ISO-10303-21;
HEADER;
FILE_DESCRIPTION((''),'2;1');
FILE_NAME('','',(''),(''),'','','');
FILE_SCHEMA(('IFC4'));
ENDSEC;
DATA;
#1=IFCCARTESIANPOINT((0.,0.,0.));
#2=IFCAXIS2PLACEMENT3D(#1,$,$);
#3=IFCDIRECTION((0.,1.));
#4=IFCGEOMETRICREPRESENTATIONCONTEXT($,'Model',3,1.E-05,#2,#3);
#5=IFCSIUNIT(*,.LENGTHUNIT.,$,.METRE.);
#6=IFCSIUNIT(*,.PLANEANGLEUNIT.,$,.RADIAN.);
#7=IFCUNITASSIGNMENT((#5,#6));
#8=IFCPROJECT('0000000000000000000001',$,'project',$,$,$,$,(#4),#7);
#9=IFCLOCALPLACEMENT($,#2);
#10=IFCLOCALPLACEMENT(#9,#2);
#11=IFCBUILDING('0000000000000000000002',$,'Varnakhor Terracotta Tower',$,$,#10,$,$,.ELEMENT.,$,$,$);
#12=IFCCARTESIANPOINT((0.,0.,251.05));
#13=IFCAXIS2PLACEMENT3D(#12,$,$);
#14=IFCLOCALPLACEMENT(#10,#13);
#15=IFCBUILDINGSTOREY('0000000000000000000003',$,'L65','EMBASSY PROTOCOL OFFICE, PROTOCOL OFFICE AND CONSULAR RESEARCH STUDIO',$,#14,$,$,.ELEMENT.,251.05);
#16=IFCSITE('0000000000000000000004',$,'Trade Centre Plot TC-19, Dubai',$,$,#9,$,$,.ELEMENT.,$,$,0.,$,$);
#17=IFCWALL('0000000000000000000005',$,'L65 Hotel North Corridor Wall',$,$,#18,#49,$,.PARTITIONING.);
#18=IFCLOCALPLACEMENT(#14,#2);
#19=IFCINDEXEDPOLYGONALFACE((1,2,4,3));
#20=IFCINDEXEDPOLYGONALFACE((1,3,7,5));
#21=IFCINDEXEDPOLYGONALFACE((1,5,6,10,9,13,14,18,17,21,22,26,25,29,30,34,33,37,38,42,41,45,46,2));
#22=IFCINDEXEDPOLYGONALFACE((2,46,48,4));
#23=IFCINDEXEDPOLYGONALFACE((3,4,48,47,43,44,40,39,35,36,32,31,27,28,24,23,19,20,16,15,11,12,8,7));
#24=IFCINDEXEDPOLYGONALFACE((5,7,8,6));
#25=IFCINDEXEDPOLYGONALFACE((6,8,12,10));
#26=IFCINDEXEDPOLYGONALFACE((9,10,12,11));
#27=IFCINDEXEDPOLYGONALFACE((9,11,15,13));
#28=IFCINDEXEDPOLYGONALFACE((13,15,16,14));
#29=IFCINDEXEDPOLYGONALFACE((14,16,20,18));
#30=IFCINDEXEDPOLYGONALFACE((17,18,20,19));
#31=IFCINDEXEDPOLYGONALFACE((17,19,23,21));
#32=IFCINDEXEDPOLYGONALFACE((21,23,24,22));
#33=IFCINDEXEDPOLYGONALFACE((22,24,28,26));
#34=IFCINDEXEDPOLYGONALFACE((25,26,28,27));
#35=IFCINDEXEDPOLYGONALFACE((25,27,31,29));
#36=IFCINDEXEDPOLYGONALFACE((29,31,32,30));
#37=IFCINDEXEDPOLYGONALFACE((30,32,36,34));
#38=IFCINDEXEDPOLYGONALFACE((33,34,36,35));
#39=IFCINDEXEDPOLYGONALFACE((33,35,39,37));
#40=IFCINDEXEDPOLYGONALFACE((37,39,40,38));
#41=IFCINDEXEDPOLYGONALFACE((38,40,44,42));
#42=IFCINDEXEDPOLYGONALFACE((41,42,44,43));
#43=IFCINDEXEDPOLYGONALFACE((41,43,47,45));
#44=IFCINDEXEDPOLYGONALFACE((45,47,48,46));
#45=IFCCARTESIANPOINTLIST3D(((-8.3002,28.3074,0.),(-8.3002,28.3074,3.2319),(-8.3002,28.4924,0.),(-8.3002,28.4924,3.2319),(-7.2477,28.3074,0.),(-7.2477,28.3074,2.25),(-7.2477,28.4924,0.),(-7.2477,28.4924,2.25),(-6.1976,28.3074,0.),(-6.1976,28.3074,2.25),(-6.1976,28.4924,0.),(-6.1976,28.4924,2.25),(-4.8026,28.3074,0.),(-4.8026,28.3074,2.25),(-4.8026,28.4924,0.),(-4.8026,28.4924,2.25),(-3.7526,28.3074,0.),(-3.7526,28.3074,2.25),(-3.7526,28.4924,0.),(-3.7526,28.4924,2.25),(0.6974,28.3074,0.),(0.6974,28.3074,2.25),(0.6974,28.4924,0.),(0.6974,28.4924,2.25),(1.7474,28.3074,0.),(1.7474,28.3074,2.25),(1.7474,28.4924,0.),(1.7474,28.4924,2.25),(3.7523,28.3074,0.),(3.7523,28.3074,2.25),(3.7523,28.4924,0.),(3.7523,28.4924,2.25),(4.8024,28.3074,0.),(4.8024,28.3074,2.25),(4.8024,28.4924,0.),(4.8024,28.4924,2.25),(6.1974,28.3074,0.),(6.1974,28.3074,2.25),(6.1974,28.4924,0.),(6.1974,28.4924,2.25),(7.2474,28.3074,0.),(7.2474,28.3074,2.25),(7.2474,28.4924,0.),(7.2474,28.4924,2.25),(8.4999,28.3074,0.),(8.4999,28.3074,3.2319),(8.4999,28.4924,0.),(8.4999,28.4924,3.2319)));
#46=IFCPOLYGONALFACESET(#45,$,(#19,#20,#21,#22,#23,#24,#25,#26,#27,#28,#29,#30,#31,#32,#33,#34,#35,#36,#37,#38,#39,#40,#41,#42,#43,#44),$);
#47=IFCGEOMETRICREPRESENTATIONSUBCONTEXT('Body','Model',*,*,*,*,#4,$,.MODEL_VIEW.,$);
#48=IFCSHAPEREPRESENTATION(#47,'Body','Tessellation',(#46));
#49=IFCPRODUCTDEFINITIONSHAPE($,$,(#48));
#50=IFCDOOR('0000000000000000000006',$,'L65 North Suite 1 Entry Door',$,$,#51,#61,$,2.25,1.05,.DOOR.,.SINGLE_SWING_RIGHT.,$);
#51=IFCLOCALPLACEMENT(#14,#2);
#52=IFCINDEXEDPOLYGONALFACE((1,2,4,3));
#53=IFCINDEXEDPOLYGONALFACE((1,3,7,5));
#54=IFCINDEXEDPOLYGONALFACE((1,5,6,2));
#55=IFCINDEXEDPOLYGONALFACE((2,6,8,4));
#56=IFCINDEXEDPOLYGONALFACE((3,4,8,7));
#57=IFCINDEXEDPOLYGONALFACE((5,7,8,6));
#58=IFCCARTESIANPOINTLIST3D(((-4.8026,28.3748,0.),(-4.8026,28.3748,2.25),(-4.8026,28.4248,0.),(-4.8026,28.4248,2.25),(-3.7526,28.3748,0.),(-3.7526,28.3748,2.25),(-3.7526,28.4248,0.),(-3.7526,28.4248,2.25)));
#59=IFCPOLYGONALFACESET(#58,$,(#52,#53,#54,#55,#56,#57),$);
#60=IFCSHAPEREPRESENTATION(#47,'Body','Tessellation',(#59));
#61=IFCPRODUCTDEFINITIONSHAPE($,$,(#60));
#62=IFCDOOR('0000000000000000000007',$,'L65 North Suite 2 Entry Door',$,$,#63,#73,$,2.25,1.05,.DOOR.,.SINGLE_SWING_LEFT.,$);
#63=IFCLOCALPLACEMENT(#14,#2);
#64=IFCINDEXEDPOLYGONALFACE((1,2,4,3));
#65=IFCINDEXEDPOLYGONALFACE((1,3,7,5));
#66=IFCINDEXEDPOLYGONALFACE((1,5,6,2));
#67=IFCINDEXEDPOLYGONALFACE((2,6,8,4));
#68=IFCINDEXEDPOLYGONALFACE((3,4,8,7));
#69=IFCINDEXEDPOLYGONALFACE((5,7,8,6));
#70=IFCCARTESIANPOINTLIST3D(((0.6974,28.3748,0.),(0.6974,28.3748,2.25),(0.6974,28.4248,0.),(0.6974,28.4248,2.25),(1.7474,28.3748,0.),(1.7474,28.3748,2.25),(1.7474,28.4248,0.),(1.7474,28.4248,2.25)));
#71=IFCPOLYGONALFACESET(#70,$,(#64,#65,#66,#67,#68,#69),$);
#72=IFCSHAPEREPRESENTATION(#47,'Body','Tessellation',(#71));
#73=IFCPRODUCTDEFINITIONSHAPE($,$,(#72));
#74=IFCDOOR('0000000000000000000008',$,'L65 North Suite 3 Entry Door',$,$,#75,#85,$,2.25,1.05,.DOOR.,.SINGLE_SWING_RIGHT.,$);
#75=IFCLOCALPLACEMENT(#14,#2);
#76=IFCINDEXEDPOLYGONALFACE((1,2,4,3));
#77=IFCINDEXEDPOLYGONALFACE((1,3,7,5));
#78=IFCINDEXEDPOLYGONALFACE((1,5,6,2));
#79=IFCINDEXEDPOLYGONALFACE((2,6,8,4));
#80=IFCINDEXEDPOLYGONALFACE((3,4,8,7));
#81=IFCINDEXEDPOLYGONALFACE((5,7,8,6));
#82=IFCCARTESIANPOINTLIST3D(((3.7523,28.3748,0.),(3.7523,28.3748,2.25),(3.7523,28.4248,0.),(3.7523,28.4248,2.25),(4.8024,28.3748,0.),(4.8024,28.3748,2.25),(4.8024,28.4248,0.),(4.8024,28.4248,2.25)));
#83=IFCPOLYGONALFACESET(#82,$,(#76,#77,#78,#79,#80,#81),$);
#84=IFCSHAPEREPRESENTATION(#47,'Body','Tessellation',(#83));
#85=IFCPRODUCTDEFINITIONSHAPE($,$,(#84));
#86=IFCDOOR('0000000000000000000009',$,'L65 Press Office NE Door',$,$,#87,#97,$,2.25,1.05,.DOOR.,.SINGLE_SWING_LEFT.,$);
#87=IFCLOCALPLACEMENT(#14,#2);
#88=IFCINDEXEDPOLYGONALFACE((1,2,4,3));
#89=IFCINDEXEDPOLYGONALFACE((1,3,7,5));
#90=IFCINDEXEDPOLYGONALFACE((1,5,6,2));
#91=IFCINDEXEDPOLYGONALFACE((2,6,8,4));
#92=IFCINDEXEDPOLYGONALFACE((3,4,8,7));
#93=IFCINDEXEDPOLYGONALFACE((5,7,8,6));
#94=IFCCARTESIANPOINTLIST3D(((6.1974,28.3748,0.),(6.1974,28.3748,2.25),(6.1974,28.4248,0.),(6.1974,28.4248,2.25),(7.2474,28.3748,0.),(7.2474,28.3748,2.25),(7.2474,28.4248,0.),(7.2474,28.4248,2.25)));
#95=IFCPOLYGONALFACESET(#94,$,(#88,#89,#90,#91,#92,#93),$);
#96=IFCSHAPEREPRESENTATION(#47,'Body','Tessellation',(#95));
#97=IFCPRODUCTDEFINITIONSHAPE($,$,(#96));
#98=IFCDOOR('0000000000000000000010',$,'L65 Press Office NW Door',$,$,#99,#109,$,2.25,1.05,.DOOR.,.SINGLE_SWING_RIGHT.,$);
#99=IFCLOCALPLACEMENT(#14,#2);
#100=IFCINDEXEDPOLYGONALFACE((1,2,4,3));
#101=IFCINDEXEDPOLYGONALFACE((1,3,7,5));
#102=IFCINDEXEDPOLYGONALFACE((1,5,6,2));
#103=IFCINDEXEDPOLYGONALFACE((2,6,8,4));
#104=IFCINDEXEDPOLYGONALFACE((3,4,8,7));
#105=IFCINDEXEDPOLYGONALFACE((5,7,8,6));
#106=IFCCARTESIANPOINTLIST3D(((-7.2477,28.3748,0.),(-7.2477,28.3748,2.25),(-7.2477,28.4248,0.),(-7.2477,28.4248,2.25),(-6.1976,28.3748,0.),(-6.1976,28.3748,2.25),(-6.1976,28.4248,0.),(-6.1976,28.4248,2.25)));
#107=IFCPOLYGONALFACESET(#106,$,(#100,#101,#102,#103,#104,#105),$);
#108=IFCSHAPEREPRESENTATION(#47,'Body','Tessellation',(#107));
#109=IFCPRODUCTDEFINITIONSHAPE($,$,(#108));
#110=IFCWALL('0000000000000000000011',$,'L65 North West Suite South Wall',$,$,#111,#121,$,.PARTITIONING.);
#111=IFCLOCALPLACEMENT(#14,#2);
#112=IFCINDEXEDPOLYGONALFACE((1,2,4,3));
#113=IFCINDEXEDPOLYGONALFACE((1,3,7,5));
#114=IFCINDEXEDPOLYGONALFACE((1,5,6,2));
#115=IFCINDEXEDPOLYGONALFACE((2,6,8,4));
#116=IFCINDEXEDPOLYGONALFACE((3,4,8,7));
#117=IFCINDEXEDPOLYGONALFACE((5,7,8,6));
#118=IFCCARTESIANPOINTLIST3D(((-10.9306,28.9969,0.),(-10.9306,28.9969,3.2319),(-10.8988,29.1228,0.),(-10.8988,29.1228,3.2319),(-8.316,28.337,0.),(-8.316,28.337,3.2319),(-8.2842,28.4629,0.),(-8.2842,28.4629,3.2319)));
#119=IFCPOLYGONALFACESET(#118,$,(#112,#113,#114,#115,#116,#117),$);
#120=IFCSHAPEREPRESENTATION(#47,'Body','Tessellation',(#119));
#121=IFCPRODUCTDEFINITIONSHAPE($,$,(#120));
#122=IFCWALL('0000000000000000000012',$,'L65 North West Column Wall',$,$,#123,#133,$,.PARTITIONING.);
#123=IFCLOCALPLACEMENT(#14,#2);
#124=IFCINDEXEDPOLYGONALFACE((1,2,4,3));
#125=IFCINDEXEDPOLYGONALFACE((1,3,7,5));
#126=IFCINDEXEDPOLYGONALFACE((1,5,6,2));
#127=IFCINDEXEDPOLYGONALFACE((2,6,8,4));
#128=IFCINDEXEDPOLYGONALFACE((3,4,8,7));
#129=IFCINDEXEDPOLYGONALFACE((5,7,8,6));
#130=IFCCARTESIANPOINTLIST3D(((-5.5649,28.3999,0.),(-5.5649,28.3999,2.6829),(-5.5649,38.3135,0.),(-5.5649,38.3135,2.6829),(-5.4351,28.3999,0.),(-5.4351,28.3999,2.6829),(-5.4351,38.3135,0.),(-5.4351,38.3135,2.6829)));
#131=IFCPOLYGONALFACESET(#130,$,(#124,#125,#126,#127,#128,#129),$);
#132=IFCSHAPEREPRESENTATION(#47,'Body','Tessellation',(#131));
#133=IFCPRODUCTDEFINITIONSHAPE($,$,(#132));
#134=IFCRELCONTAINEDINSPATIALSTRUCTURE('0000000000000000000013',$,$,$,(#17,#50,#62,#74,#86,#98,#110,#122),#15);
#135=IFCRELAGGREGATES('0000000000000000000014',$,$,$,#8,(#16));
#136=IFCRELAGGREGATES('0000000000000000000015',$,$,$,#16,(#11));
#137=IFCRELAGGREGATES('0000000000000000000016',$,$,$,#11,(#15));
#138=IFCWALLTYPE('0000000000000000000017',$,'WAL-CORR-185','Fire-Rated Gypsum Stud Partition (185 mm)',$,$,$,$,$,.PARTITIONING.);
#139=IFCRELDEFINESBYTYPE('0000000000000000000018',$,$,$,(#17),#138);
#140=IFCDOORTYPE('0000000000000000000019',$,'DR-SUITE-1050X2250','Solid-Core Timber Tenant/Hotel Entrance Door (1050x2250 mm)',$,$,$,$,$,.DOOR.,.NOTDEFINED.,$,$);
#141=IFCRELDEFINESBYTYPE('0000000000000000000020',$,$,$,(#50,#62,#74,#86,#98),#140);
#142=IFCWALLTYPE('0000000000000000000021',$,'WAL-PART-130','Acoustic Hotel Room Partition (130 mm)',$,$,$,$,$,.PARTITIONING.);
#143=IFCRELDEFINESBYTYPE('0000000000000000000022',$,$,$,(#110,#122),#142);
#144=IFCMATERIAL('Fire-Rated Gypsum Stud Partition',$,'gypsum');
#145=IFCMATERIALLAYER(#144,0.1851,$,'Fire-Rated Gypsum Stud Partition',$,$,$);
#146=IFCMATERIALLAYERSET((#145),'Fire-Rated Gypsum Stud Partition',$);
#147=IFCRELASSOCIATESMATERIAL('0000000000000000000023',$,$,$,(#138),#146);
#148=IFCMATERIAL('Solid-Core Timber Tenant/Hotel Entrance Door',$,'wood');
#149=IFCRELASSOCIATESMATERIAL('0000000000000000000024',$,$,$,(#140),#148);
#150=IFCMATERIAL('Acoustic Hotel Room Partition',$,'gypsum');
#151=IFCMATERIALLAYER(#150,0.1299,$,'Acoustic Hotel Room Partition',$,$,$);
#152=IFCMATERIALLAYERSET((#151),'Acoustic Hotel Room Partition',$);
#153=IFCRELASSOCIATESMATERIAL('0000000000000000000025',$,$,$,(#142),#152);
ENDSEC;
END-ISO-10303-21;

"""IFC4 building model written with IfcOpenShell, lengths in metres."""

from ifc_helpers import new_model, si_unit, direction, frame, frame_2d, origin, place, context, subcontext, project, spatial, rectangle, extrude, source, transform, mapped, material, layer, layer_set, type_object, type_shapes, element, fill, save


model = new_model("IFC4")

# Units and contexts
model_context = context("Model", 3, precision=1e-05, world=origin(), true_north=direction((0.0, 1.0)))
body_context = subcontext(model_context, "Body", "Model", "MODEL_VIEW")
ifc_project = project(units=[si_unit("LENGTHUNIT", "METRE"), si_unit("PLANEANGLEUNIT", "RADIAN")], contexts=[model_context])

# Site, building, storey
site_placement = place(None, origin())
site = spatial("IfcSite", under=ifc_project, at=site_placement, Name="Trade Centre Plot TC-19, Dubai", CompositionType="ELEMENT", RefElevation=0.0)
building_placement = place(site_placement, origin())
building = spatial("IfcBuilding", under=site, at=building_placement, Name="Varnakhor Terracotta Tower", CompositionType="ELEMENT")
storey_placement = place(building_placement, frame((0.0, 0.0, 251.05)))
storey = spatial("IfcBuildingStorey", under=building, at=storey_placement, Name="L65", Description="EMBASSY PROTOCOL OFFICE, PROTOCOL OFFICE AND CONSULAR RESEARCH STUDIO", CompositionType="ELEMENT", Elevation=251.05)

# Shared definitions
ifc_material_1 = material(Name="Fire-Rated Gypsum Stud Partition", Category="gypsum")
ifc_layer_1 = layer(ifc_material_1, 0.1851, Name="Fire-Rated Gypsum Stud Partition")
ifc_layer_set_1 = layer_set([ifc_layer_1], Name="Fire-Rated Gypsum Stud Partition")
wall_type_1 = type_object("IfcWallType", Name="WAL-CORR-185", Description="Fire-Rated Gypsum Stud Partition (185 mm)", PredefinedType="PARTITIONING", material=ifc_layer_set_1)

# Wall, openings, doors
wall_1_placement = place(storey_placement, frame((-8.3, 28.3999, 0.0), z_axis=(0.0, 0.0, 1.0), x_axis=(1.0, 0.0, 0.0)))
wall_1 = element("IfcWall", 1, at=wall_1_placement, inside=storey, type_object=wall_type_1, Name="L65 Hotel North Corridor Wall", PredefinedType="PARTITIONING", context=body_context, shape_type="SweptSolid", body=[
    extrude(rectangle(XDim=16.8, YDim=0.1851, at=frame_2d((8.3999, 0.0))), origin(), (0.0, 0.0, 1.0), 3.2319),
])
opening_1_placement = place(wall_1_placement, frame((3.4976, 0.0, 0.0)))
opening_1 = element("IfcOpeningElement", 2, at=opening_1_placement, cuts=wall_1, PredefinedType="OPENING", context=body_context, shape_type="SweptSolid", body=[
    extrude(rectangle(XDim=1.05, YDim=2.25, at=frame_2d((0.5249, 1.125))), frame((0.0, 0.1025, 0.0), z_axis=(0.0, -1.0, 0.0), x_axis=(1.0, 0.0, 0.0)), (0.0, 0.0, 1.0), 0.2051),
])
opening_2_placement = place(wall_1_placement, frame((8.9976, 0.0, 0.0)))
opening_2 = element("IfcOpeningElement", 3, at=opening_2_placement, cuts=wall_1, PredefinedType="OPENING", context=body_context, shape_type="SweptSolid", body=[
    extrude(rectangle(XDim=1.05, YDim=2.25, at=frame_2d((0.5249, 1.125))), frame((0.0, 0.1025, 0.0), z_axis=(0.0, -1.0, 0.0), x_axis=(1.0, 0.0, 0.0)), (0.0, 0.0, 1.0), 0.2051),
])
opening_3_placement = place(wall_1_placement, frame((12.0525, 0.0, 0.0)))
opening_3 = element("IfcOpeningElement", 4, at=opening_3_placement, cuts=wall_1, PredefinedType="OPENING", context=body_context, shape_type="SweptSolid", body=[
    extrude(rectangle(XDim=1.05, YDim=2.25, at=frame_2d((0.5249, 1.125))), frame((0.0, 0.1025, 0.0), z_axis=(0.0, -1.0, 0.0), x_axis=(1.0, 0.0, 0.0)), (0.0, 0.0, 1.0), 0.2051),
])
opening_4_placement = place(wall_1_placement, frame((14.4976, 0.0, 0.0)))
opening_4 = element("IfcOpeningElement", 5, at=opening_4_placement, cuts=wall_1, PredefinedType="OPENING", context=body_context, shape_type="SweptSolid", body=[
    extrude(rectangle(XDim=1.05, YDim=2.25, at=frame_2d((0.5249, 1.125))), frame((0.0, 0.1025, 0.0), z_axis=(0.0, -1.0, 0.0), x_axis=(1.0, 0.0, 0.0)), (0.0, 0.0, 1.0), 0.2051),
])
opening_5_placement = place(wall_1_placement, frame((1.0525, 0.0, 0.0)))
opening_5 = element("IfcOpeningElement", 6, at=opening_5_placement, cuts=wall_1, PredefinedType="OPENING", context=body_context, shape_type="SweptSolid", body=[
    extrude(rectangle(XDim=1.05, YDim=2.25, at=frame_2d((0.5249, 1.125))), frame((0.0, 0.1025, 0.0), z_axis=(0.0, -1.0, 0.0), x_axis=(1.0, 0.0, 0.0)), (0.0, 0.0, 1.0), 0.2051),
])
ifc_material_2 = material(Name="Solid-Core Timber Tenant/Hotel Entrance Door", Category="wood")
door_type_1 = type_object("IfcDoorType", Name="DR-SUITE-1050X2250", Description="Solid-Core Timber Tenant/Hotel Entrance Door (1050x2250 mm)", OperationType="NOTDEFINED", PredefinedType="DOOR", material=ifc_material_2)
shared_shape_1 = source(origin(), body_context, "Body", "SweptSolid", [
    extrude(rectangle(XDim=1.05, YDim=2.25, at=frame_2d((0.5249, 1.125))), frame((0.0, 0.0249, 0.0), z_axis=(0.0, -1.0, 0.0), x_axis=(1.0, 0.0, 0.0)), (0.0, 0.0, 1.0), 0.05),
])
type_shapes(door_type_1, [shared_shape_1])
door_1_placement = place(opening_1_placement, origin())
door_1 = element("IfcDoor", 7, at=door_1_placement, inside=storey, type_object=door_type_1, Name="L65 North Suite 1 Entry Door", OperationType="SINGLE_SWING_RIGHT", OverallHeight=2.25, OverallWidth=1.05, PredefinedType="DOOR", context=body_context, shape_type="MappedRepresentation", body=[
    mapped(shared_shape_1, transform((0.0, 0.0, 0.0), scale=1.0)),
])
fill(opening_1, door_1)
door_2_placement = place(opening_2_placement, origin())
door_2 = element("IfcDoor", 8, at=door_2_placement, inside=storey, type_object=door_type_1, Name="L65 North Suite 2 Entry Door", OperationType="SINGLE_SWING_LEFT", OverallHeight=2.25, OverallWidth=1.05, PredefinedType="DOOR", context=body_context, shape_type="MappedRepresentation", body=[
    mapped(shared_shape_1, transform((0.0, 0.0, 0.0), scale=1.0)),
])
fill(opening_2, door_2)
door_3_placement = place(opening_3_placement, origin())
door_3 = element("IfcDoor", 9, at=door_3_placement, inside=storey, type_object=door_type_1, Name="L65 North Suite 3 Entry Door", OperationType="SINGLE_SWING_RIGHT", OverallHeight=2.25, OverallWidth=1.05, PredefinedType="DOOR", context=body_context, shape_type="MappedRepresentation", body=[
    mapped(shared_shape_1, transform((0.0, 0.0, 0.0), scale=1.0)),
])
fill(opening_3, door_3)
door_4_placement = place(opening_4_placement, origin())
door_4 = element("IfcDoor", 10, at=door_4_placement, inside=storey, type_object=door_type_1, Name="L65 Press Office NE Door", OperationType="SINGLE_SWING_LEFT", OverallHeight=2.25, OverallWidth=1.05, PredefinedType="DOOR", context=body_context, shape_type="MappedRepresentation", body=[
    mapped(shared_shape_1, transform((0.0, 0.0, 0.0), scale=1.0)),
])
fill(opening_4, door_4)
door_5_placement = place(opening_5_placement, origin())
door_5 = element("IfcDoor", 11, at=door_5_placement, inside=storey, type_object=door_type_1, Name="L65 Press Office NW Door", OperationType="SINGLE_SWING_RIGHT", OverallHeight=2.25, OverallWidth=1.05, PredefinedType="DOOR", context=body_context, shape_type="MappedRepresentation", body=[
    mapped(shared_shape_1, transform((0.0, 0.0, 0.0), scale=1.0)),
])
fill(opening_5, door_5)

# Walls
ifc_material_3 = material(Name="Acoustic Hotel Room Partition", Category="gypsum")
ifc_layer_2 = layer(ifc_material_3, 0.1299, Name="Acoustic Hotel Room Partition")
ifc_layer_set_2 = layer_set([ifc_layer_2], Name="Acoustic Hotel Room Partition")
wall_type_2 = type_object("IfcWallType", Name="WAL-PART-130", Description="Acoustic Hotel Room Partition (130 mm)", PredefinedType="PARTITIONING", material=ifc_layer_set_2)
wall_2_placement = place(storey_placement, frame((-10.9146, 29.0598, 0.0), z_axis=(0.0, 0.0, 1.0), x_axis=(0.969591, -0.244729, 0.0)))
element("IfcWall", 12, at=wall_2_placement, inside=storey, type_object=wall_type_2, Name="L65 North West Suite South Wall", PredefinedType="PARTITIONING", context=body_context, shape_type="SweptSolid", body=[
    extrude(rectangle(XDim=2.6965, YDim=0.1299, at=frame_2d((1.3481, 0.0))), origin(), (0.0, 0.0, 1.0), 3.2319),
])
wall_3_placement = place(storey_placement, frame((-5.5, 28.3999, 0.0), z_axis=(0.0, 0.0, 1.0), x_axis=(0.0, 1.0, 0.0)))
element("IfcWall", 13, at=wall_3_placement, inside=storey, type_object=wall_type_2, Name="L65 North West Column Wall", PredefinedType="PARTITIONING", context=body_context, shape_type="SweptSolid", body=[
    extrude(rectangle(XDim=9.9136, YDim=0.1299, at=frame_2d((4.9568, 0.0))), origin(), (0.0, 0.0, 1.0), 2.6829),
])

save(model, "model.ifc")
